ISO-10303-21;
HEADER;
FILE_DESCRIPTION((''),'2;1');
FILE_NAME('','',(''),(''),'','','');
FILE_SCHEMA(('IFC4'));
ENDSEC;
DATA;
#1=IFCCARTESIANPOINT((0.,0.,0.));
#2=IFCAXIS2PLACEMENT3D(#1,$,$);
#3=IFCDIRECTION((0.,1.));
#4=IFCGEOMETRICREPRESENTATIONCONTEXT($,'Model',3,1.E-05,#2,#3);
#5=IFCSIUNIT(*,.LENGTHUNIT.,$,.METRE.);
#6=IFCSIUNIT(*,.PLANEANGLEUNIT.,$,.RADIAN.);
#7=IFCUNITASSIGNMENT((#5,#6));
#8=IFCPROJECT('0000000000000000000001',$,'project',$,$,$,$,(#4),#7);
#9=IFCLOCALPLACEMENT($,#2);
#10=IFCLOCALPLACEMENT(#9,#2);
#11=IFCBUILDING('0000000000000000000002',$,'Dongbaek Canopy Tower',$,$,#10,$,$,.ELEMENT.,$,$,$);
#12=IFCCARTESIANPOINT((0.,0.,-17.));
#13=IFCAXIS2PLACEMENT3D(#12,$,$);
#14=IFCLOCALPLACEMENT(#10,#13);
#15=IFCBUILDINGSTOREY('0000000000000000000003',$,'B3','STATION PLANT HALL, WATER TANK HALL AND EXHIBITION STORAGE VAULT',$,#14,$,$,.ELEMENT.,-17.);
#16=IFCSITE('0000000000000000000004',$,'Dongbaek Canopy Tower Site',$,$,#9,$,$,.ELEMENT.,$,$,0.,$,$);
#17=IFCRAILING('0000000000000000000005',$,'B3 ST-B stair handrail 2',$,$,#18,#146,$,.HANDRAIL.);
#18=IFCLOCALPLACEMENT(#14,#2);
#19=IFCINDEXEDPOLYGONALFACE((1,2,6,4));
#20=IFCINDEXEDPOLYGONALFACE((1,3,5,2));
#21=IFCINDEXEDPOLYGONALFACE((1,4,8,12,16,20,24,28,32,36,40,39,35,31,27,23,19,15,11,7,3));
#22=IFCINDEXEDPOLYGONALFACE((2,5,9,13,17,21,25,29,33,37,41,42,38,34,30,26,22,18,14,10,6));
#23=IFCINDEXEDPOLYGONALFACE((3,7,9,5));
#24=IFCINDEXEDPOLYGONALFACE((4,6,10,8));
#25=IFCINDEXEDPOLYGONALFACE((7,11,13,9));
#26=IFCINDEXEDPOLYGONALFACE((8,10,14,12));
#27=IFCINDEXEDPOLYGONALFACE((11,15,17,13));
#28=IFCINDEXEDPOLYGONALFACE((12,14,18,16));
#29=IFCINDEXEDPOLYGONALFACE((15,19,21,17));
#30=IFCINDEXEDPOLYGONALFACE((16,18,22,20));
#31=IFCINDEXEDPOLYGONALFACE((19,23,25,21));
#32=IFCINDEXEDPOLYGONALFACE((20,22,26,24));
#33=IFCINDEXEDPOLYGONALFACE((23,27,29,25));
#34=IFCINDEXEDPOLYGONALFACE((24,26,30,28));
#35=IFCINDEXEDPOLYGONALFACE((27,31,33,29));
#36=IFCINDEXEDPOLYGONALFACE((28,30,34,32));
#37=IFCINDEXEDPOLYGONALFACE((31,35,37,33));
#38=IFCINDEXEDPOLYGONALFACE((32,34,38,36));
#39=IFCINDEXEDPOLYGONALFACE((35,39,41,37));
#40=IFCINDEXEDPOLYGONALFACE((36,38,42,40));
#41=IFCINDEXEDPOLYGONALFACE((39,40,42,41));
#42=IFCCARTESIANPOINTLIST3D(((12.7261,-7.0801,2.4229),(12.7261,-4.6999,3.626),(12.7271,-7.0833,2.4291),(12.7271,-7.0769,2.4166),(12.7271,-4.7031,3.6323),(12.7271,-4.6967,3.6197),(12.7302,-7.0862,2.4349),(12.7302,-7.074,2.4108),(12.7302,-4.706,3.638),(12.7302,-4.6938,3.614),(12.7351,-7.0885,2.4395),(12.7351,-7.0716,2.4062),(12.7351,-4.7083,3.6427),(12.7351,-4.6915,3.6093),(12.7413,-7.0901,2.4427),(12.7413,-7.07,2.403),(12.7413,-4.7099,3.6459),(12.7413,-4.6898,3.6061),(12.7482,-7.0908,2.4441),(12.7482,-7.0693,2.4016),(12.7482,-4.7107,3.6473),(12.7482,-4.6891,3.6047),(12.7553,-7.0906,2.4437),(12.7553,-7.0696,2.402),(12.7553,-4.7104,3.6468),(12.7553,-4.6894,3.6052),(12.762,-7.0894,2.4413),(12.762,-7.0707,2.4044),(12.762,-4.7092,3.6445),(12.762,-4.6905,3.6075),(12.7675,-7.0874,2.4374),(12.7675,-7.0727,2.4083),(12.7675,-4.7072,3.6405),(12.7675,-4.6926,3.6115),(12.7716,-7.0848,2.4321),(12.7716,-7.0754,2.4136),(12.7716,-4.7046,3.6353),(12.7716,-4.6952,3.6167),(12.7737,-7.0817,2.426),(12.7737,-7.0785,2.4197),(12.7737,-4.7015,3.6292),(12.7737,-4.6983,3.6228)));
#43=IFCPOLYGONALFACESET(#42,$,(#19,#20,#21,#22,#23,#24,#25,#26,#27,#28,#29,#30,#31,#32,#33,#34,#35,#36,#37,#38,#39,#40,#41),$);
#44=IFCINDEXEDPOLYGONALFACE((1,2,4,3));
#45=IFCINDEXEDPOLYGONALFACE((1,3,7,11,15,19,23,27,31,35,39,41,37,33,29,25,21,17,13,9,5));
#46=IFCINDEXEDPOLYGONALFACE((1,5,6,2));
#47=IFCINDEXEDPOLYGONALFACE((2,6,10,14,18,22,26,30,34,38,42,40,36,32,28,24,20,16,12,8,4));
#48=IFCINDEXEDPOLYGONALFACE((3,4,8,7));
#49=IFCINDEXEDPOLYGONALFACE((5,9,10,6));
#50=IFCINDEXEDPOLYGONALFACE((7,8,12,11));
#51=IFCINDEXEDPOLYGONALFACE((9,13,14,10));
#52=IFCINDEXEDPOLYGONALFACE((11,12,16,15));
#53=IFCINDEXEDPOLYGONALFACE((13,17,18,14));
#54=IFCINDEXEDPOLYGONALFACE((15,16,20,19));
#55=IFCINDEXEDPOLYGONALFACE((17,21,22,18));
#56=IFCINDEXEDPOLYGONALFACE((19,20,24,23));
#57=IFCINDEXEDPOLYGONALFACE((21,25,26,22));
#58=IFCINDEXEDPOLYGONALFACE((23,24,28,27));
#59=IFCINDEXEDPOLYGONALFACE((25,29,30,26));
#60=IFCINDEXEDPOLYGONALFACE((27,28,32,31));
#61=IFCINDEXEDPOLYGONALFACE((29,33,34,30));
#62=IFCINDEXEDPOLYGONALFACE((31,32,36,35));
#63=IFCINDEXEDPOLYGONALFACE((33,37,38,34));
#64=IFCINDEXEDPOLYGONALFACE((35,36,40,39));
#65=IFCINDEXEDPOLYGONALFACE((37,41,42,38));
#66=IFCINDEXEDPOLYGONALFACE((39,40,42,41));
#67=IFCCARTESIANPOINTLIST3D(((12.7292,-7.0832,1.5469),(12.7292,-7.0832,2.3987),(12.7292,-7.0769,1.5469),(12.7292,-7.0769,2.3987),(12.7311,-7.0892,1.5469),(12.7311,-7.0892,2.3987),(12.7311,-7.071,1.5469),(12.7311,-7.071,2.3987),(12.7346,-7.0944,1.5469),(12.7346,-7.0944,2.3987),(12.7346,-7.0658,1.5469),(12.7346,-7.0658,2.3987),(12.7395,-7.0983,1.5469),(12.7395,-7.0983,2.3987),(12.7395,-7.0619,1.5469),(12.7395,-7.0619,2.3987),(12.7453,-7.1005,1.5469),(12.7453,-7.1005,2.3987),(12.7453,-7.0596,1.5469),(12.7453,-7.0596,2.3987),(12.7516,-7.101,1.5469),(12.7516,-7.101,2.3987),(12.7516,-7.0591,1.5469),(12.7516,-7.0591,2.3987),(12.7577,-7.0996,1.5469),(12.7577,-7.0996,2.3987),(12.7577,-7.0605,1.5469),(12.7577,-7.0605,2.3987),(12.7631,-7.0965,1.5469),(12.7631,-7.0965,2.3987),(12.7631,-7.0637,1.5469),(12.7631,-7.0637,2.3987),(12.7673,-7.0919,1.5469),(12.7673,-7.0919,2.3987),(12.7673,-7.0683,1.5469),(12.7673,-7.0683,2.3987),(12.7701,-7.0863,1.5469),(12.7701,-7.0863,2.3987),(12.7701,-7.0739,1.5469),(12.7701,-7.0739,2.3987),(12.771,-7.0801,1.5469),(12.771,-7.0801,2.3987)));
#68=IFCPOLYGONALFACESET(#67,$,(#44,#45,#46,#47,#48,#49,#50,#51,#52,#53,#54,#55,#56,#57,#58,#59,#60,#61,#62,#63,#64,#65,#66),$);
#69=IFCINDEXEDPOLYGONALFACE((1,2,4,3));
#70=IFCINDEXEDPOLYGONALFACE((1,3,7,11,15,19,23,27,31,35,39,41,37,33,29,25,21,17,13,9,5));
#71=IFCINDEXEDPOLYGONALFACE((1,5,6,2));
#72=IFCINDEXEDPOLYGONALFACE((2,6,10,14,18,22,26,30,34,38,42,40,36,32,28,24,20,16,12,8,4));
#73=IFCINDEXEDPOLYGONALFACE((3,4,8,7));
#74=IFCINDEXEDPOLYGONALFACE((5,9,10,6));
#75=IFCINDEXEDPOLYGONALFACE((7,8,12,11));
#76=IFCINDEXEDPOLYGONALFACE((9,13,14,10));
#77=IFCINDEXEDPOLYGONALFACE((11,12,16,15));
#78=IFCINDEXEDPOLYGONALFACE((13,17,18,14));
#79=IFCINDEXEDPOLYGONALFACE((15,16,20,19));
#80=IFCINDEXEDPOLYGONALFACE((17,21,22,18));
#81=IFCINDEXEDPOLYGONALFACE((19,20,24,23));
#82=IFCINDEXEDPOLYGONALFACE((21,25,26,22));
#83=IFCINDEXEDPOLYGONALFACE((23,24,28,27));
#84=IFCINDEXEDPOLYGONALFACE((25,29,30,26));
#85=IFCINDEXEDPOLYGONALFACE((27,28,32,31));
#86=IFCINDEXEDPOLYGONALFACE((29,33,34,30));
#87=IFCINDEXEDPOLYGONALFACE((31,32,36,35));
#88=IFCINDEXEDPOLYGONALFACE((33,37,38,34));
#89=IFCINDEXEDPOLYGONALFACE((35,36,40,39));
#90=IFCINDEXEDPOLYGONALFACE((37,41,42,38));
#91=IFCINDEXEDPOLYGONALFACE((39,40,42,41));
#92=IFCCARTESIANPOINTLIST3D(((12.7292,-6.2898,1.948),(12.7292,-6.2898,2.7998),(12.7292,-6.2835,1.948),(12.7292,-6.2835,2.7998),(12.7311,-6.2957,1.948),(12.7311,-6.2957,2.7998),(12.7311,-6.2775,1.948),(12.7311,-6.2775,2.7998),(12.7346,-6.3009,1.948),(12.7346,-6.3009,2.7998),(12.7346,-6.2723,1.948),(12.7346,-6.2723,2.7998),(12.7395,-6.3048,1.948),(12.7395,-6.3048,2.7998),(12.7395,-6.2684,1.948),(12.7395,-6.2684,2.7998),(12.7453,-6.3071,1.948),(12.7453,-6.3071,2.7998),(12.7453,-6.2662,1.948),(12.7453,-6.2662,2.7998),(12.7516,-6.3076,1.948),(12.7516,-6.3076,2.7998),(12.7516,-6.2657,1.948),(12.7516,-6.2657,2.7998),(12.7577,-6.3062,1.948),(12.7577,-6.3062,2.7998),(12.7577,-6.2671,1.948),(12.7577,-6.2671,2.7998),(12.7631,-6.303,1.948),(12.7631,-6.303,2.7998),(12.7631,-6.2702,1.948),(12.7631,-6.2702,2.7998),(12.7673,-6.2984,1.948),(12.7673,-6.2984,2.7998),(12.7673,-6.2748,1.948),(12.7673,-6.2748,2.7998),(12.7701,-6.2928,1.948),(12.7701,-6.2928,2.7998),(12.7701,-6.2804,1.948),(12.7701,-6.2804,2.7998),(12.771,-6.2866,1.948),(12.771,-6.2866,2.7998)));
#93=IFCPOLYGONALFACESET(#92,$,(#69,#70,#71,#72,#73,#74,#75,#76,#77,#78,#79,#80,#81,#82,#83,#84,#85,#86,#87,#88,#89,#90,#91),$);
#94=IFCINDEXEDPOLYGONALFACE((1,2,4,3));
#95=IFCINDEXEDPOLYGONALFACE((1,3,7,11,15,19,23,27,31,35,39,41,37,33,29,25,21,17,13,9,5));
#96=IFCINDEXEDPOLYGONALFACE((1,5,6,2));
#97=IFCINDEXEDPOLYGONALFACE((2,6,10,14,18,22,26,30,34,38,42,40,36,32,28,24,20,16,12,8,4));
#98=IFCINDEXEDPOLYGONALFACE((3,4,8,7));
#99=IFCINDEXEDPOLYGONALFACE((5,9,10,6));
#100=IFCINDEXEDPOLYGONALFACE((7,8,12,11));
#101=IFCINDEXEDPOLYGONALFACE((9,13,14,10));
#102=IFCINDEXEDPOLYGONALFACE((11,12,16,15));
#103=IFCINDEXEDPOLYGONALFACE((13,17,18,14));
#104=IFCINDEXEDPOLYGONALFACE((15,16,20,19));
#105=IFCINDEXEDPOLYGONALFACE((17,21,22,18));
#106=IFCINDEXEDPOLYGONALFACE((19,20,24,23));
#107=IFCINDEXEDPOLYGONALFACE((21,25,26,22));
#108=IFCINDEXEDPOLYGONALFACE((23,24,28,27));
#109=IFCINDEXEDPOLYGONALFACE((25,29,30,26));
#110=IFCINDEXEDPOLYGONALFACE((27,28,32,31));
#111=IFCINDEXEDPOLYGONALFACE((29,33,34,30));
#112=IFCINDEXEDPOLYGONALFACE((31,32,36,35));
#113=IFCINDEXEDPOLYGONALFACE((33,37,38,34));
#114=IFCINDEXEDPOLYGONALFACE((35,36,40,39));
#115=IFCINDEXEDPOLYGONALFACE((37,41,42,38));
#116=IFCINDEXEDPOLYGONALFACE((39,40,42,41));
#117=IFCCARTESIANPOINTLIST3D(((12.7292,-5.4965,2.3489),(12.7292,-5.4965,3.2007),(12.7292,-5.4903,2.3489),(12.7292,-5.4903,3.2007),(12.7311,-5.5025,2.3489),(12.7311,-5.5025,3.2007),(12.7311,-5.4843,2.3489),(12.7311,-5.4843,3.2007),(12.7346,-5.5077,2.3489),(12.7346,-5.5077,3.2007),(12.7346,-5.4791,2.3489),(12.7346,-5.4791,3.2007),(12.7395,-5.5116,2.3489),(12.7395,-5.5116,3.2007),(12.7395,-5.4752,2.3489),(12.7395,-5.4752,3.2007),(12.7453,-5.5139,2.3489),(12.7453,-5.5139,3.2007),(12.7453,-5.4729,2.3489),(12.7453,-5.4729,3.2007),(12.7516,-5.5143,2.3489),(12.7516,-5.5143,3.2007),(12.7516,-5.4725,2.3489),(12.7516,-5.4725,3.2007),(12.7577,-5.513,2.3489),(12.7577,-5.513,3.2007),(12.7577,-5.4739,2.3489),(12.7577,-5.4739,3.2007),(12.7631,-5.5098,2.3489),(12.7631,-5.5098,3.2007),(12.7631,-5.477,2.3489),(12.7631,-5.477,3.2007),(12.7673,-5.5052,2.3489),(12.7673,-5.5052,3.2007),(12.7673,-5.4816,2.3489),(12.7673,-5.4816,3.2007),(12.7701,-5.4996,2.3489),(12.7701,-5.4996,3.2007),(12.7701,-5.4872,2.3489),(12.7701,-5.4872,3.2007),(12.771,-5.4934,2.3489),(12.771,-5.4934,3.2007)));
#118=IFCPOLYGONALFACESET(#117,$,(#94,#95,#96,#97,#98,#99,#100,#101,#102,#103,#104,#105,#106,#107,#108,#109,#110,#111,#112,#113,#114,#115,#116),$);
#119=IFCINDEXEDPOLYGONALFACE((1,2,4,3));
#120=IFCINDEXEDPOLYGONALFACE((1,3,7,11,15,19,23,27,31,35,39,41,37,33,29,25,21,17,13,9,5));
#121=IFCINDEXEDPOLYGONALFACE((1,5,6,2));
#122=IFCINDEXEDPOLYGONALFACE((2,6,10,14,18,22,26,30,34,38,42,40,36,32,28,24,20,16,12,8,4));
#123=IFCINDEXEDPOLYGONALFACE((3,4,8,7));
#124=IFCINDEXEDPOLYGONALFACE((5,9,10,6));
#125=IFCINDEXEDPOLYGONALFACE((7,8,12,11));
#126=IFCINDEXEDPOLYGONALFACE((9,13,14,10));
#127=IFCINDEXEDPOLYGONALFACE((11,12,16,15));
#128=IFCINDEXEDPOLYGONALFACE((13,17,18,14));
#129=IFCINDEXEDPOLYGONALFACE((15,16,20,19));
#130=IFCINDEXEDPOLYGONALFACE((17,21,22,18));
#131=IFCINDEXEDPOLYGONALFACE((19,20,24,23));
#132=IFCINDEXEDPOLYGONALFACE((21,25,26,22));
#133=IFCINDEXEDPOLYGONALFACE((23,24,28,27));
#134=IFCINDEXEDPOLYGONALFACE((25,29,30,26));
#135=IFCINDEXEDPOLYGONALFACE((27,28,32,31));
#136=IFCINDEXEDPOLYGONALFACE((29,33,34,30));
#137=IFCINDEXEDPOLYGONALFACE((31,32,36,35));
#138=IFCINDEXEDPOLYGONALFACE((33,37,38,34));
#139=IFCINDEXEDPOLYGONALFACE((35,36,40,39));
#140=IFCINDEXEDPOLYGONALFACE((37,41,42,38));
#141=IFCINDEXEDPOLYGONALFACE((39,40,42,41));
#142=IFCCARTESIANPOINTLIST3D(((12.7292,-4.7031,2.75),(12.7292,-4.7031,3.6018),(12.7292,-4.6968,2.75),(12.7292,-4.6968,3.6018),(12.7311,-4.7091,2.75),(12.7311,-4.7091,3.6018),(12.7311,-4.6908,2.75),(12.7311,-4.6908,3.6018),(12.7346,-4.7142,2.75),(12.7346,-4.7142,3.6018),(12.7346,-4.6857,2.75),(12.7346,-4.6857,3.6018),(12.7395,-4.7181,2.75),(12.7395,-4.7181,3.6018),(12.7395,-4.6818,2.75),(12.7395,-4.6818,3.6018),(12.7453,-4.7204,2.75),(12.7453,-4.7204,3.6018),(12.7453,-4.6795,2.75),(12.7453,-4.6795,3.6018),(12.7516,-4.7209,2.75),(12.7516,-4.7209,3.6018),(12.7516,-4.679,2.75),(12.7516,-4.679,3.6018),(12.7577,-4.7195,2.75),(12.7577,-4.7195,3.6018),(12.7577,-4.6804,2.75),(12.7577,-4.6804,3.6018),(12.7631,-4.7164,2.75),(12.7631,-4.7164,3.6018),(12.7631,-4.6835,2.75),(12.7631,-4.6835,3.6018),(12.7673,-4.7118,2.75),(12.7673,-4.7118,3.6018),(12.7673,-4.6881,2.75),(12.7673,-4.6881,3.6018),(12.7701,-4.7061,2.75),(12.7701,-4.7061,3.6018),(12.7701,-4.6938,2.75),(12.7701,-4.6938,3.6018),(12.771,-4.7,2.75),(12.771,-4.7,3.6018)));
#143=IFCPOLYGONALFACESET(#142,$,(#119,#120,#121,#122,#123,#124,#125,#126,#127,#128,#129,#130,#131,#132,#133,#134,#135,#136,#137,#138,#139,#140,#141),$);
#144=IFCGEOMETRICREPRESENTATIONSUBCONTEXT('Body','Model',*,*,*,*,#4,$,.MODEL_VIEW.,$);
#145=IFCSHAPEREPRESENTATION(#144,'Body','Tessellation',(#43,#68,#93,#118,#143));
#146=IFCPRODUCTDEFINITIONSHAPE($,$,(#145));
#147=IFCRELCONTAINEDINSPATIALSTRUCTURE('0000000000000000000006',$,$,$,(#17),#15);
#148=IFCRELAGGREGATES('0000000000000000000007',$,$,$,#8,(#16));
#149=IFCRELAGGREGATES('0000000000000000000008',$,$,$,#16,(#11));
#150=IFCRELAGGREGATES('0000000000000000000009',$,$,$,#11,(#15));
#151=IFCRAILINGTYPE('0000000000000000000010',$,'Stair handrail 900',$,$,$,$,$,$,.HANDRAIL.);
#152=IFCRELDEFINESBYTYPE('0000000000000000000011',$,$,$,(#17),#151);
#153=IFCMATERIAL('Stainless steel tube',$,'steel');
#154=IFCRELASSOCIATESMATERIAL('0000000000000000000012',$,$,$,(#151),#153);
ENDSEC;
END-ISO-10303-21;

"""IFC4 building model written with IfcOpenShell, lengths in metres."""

from ifc_helpers import new_model, si_unit, direction, frame, origin, origin_2d, place, context, subcontext, project, spatial, circle, extrude, material, type_object, element, save


model = new_model("IFC4")

# Units and contexts
model_context = context("Model", 3, precision=1e-05, world=origin(), true_north=direction((0.0, 1.0)))
body_context = subcontext(model_context, "Body", "Model", "MODEL_VIEW")
ifc_project = project(units=[si_unit("LENGTHUNIT", "METRE"), si_unit("PLANEANGLEUNIT", "RADIAN")], contexts=[model_context])

# Site, building, storey
site_placement = place(None, origin())
site = spatial("IfcSite", under=ifc_project, at=site_placement, Name="Dongbaek Canopy Tower Site", CompositionType="ELEMENT", RefElevation=0.0)
building_placement = place(site_placement, origin())
building = spatial("IfcBuilding", under=site, at=building_placement, Name="Dongbaek Canopy Tower", CompositionType="ELEMENT")
storey_placement = place(building_placement, frame((0.0, 0.0, -17.0)))
storey = spatial("IfcBuildingStorey", under=building, at=storey_placement, Name="B3", Description="STATION PLANT HALL, WATER TANK HALL AND EXHIBITION STORAGE VAULT", CompositionType="ELEMENT", Elevation=-17.0)

# Railing
ifc_material_1 = material(Name="Stainless steel tube", Category="steel")
railing_type_1 = type_object("IfcRailingType", Name="Stair handrail 900", PredefinedType="HANDRAIL", material=ifc_material_1)
for number, where, name in (
    (1, (12.75, -7.0801, 1.5469), "B3 ST-B stair handrail 2"),
):
    element("IfcRailing", number, at=place(storey_placement, frame(where)), inside=storey, type_object=railing_type_1, Name=name, PredefinedType="HANDRAIL", context=body_context, shape_type="SweptSolid", body=[
        extrude(circle(Radius=0.0239, at=origin_2d()), frame((0.0, 0.0, 0.876), z_axis=(0.0, 0.89246, 0.451127), x_axis=(-1.0, 0.0, 0.0)), (0.0, 0.0, 1.0), 2.667),
        extrude(circle(Radius=0.021, at=origin_2d()), origin(), (0.0, 0.0, 1.0), 0.8518),
        extrude(circle(Radius=0.021, at=origin_2d()), frame((0.0, 0.7935, 0.4011)), (0.0, 0.0, 1.0), 0.8518),
        extrude(circle(Radius=0.021, at=origin_2d()), frame((0.0, 1.5867, 0.802)), (0.0, 0.0, 1.0), 0.8518),
        extrude(circle(Radius=0.021, at=origin_2d()), frame((0.0, 2.3801, 1.2031)), (0.0, 0.0, 1.0), 0.8518),
    ])

save(model, "model.ifc")
